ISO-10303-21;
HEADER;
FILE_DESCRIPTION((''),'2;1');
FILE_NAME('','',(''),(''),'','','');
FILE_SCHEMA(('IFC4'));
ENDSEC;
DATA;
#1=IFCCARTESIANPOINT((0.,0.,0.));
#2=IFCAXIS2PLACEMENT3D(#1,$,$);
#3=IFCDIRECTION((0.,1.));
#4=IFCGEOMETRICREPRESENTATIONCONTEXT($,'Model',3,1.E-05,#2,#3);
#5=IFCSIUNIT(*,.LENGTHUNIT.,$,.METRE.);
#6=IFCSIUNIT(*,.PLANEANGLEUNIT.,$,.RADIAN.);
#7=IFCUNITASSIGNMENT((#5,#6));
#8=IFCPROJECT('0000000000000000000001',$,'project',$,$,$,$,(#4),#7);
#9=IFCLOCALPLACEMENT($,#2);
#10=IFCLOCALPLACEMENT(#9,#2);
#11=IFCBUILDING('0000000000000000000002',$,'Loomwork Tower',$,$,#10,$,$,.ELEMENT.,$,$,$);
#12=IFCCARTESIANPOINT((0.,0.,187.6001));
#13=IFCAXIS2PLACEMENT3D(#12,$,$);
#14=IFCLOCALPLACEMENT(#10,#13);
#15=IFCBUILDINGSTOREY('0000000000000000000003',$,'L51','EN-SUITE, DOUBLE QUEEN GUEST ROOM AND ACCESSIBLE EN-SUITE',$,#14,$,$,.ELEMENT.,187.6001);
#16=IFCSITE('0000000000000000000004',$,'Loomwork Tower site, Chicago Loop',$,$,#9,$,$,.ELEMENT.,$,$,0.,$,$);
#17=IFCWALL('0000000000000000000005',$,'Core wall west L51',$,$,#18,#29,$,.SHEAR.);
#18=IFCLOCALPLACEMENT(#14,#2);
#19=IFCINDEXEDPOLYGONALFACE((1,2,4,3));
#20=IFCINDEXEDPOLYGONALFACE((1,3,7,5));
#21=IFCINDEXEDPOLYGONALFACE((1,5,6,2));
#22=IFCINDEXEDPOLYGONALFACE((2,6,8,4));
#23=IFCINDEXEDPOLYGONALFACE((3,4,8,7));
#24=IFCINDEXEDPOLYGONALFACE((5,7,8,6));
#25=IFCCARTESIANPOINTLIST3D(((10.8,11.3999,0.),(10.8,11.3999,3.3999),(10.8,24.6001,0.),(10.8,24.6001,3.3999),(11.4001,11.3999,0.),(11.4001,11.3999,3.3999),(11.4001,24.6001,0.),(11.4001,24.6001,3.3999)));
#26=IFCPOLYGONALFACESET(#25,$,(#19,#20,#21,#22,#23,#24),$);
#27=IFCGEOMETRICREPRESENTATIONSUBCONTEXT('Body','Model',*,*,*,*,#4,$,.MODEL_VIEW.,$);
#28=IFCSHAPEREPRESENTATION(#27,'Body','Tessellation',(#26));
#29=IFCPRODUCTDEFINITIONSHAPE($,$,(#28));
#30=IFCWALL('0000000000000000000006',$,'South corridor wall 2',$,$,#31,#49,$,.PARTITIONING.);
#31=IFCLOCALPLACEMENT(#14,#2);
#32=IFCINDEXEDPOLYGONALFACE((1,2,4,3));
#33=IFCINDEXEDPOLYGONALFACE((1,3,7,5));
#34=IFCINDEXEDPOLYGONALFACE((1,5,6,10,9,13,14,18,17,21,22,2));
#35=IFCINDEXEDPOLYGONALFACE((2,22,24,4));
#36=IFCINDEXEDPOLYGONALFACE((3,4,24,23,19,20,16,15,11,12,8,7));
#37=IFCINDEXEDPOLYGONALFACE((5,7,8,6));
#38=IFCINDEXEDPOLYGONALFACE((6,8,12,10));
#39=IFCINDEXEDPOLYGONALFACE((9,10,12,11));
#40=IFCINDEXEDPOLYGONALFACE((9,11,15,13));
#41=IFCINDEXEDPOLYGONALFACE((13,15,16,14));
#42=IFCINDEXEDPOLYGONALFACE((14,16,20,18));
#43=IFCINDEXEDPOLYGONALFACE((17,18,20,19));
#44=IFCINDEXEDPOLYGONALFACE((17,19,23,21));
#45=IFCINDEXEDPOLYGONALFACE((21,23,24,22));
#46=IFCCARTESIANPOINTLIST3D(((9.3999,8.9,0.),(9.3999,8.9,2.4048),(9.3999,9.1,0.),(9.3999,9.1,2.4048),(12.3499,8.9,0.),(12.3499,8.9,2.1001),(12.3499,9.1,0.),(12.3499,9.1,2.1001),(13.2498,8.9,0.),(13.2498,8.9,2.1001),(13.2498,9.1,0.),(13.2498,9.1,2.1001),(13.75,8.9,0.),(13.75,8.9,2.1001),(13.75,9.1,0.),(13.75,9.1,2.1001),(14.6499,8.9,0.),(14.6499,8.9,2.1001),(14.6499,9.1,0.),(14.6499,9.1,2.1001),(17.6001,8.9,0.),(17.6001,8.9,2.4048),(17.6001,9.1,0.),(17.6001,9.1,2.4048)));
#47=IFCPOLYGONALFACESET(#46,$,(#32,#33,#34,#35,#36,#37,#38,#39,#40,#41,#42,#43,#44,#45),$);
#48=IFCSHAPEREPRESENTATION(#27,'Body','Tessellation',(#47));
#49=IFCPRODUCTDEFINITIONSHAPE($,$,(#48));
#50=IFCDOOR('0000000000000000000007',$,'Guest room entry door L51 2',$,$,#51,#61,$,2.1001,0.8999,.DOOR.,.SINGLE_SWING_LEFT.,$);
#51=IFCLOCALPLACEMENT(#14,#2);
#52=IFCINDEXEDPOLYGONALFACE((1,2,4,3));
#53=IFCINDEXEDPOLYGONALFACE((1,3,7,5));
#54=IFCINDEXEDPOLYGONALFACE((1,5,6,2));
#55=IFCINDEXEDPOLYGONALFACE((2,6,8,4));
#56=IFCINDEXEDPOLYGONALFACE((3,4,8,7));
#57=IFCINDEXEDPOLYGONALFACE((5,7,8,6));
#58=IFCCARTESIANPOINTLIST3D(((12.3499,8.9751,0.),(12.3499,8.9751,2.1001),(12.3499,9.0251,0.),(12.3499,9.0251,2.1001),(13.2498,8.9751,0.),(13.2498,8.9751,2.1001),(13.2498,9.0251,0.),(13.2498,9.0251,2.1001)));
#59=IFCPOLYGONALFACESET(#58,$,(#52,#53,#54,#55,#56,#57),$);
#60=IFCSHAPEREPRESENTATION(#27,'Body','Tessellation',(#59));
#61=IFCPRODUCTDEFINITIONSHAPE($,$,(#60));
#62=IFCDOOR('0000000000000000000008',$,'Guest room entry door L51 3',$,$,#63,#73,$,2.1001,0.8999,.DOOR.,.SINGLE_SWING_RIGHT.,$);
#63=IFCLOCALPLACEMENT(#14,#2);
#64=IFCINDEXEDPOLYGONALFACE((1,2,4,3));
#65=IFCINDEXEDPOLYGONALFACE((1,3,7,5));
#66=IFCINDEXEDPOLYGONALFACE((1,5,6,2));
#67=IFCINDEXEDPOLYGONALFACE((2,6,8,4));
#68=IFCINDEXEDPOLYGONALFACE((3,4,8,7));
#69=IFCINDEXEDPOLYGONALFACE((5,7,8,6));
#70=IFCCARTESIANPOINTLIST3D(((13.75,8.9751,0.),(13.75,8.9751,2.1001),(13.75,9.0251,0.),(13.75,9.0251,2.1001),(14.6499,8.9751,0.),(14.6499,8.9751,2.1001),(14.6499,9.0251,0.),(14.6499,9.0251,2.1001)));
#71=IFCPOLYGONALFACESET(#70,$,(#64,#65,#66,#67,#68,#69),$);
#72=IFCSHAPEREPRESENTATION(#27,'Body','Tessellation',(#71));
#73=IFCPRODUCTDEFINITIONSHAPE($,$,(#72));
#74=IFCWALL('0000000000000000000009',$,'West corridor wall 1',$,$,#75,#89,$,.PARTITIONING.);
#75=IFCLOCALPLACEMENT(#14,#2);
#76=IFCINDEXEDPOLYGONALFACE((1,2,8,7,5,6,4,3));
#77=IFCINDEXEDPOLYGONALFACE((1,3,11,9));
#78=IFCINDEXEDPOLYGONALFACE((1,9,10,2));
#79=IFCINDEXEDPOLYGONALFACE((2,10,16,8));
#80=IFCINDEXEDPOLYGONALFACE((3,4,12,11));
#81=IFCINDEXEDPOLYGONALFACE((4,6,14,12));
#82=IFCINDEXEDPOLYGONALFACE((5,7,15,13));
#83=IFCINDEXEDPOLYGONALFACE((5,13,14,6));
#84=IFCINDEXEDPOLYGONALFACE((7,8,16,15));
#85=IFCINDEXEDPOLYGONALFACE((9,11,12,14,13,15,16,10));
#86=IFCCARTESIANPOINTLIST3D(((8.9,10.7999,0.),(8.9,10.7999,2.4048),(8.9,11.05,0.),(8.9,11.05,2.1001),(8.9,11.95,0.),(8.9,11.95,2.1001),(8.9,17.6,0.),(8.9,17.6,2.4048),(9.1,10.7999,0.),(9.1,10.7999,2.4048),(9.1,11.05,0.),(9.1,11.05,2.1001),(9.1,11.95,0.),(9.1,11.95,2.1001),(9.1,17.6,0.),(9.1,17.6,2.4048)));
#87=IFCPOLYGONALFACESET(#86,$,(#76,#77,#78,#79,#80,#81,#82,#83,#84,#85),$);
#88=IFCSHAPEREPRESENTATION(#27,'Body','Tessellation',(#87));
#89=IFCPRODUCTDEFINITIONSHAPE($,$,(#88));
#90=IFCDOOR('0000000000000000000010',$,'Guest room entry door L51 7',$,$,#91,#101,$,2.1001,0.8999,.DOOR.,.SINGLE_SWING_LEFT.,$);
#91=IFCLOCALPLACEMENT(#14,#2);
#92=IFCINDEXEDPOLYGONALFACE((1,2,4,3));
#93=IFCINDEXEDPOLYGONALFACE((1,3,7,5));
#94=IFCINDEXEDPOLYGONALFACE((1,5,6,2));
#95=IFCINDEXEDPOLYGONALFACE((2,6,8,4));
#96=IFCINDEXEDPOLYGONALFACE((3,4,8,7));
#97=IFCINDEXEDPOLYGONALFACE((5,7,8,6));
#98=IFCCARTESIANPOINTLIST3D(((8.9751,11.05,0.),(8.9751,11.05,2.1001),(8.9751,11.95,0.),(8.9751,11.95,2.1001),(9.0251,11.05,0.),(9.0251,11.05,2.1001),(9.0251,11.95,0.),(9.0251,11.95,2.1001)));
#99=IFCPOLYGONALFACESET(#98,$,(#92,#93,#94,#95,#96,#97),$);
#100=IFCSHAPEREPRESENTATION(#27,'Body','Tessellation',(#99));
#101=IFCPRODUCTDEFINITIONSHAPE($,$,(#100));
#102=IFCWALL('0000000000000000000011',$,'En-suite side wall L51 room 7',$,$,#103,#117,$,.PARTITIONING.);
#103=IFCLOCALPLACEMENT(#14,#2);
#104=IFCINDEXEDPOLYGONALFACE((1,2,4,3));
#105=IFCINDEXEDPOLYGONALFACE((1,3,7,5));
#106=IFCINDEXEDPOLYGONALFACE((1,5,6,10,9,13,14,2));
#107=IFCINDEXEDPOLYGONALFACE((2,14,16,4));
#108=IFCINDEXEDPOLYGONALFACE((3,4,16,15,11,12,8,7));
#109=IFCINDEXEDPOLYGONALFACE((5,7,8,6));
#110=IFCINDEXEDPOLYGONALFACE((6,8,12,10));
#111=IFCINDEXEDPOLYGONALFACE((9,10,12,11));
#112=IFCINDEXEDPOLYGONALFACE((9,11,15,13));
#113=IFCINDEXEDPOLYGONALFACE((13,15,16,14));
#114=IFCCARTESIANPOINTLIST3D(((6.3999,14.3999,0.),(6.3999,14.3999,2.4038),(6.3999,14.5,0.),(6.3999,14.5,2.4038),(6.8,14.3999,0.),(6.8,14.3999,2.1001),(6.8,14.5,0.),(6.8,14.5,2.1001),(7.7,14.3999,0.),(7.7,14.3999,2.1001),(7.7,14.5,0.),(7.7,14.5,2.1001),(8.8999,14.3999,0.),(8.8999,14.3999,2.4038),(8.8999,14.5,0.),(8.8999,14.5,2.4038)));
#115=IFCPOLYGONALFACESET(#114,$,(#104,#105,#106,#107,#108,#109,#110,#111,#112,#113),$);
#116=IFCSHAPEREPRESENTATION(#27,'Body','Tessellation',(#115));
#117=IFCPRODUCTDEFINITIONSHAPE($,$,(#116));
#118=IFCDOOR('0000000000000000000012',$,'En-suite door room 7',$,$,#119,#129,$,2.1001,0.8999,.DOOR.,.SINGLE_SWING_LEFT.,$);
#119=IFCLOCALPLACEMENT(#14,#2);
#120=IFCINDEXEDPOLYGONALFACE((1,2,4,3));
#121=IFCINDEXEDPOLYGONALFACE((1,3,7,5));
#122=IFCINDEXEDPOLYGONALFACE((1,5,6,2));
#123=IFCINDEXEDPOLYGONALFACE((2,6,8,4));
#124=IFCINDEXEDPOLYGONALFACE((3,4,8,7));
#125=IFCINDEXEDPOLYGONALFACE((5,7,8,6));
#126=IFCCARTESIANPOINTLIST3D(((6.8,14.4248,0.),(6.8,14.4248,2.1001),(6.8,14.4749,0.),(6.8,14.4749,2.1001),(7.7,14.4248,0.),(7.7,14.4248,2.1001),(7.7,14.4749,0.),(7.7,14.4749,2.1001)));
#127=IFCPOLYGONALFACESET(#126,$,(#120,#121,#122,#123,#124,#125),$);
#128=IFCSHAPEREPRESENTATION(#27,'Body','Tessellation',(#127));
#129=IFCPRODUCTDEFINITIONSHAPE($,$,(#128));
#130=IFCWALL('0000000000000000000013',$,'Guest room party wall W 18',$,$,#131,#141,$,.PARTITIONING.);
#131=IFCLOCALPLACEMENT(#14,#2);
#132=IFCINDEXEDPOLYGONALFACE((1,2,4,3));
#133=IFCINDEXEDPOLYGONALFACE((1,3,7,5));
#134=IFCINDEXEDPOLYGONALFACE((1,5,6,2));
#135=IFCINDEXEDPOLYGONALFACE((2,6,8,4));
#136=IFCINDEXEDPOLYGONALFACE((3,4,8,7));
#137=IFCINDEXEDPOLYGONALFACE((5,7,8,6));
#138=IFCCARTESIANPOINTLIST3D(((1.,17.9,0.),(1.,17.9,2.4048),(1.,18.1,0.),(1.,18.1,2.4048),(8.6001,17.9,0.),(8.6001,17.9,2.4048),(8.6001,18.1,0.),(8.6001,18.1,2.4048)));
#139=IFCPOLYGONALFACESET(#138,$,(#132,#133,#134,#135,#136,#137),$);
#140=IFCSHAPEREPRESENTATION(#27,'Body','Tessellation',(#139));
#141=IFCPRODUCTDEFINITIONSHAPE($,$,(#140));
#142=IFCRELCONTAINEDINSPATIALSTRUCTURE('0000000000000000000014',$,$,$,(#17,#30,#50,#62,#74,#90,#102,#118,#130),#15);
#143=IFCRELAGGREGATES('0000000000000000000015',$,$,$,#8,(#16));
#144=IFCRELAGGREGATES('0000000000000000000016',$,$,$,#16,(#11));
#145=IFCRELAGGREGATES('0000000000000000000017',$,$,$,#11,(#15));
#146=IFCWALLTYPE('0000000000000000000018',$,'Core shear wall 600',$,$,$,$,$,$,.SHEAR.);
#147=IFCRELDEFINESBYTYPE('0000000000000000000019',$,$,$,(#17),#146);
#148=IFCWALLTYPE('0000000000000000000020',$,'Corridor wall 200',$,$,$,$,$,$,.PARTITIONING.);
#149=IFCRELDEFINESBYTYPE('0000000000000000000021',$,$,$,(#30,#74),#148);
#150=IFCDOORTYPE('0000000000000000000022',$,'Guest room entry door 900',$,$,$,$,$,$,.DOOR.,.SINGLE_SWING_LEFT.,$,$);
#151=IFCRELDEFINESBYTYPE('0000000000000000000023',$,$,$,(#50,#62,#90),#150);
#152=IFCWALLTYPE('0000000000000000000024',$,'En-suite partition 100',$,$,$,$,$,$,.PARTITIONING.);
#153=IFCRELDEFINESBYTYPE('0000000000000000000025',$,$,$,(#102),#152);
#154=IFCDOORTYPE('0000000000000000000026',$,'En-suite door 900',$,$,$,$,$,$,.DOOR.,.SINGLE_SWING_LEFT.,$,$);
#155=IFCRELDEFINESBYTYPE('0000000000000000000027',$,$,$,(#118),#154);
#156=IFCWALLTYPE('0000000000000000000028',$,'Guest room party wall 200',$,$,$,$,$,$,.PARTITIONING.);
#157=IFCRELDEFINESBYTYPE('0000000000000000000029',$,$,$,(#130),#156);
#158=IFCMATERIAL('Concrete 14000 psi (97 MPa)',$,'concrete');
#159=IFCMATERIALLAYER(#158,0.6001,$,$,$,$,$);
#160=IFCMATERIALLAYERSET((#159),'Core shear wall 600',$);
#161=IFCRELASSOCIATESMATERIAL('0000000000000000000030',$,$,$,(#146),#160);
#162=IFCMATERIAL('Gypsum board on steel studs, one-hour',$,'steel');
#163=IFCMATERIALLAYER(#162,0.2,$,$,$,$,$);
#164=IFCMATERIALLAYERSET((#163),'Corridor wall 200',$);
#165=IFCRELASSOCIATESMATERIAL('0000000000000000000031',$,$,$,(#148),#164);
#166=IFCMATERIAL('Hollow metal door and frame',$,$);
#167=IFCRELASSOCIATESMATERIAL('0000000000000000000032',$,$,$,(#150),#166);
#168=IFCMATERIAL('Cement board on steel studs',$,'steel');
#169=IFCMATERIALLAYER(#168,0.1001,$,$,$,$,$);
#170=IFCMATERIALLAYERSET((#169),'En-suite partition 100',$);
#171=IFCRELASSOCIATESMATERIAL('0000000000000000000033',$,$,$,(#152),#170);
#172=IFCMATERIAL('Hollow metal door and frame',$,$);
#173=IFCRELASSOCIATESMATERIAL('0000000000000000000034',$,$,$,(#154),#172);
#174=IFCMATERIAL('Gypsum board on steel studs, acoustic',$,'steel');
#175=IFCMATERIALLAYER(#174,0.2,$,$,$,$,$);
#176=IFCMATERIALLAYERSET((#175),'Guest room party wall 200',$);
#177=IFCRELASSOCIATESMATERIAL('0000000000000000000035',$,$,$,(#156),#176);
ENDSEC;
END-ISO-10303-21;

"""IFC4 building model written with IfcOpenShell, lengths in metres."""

from ifc_helpers import new_model, si_unit, direction, frame, frame_2d, origin, place, context, subcontext, project, spatial, rectangle, extrude, material, layer, layer_set, type_object, element, fill, save


model = new_model("IFC4")

# Units and contexts
model_context = context("Model", 3, precision=1e-05, world=origin(), true_north=direction((0.0, 1.0)))
body_context = subcontext(model_context, "Body", "Model", "MODEL_VIEW")
ifc_project = project(units=[si_unit("LENGTHUNIT", "METRE"), si_unit("PLANEANGLEUNIT", "RADIAN")], contexts=[model_context])

# Site, building, storey
site_placement = place(None, origin())
site = spatial("IfcSite", under=ifc_project, at=site_placement, Name="Loomwork Tower site, Chicago Loop", CompositionType="ELEMENT", RefElevation=0.0)
building_placement = place(site_placement, origin())
building = spatial("IfcBuilding", under=site, at=building_placement, Name="Loomwork Tower", CompositionType="ELEMENT")
storey_placement = place(building_placement, frame((0.0, 0.0, 187.6001)))
storey = spatial("IfcBuildingStorey", under=building, at=storey_placement, Name="L51", Description="EN-SUITE, DOUBLE QUEEN GUEST ROOM AND ACCESSIBLE EN-SUITE", CompositionType="ELEMENT", Elevation=187.6001)

# Shared definitions
ifc_material_1 = material(Name="Concrete 14000 psi (97 MPa)", Category="concrete")
ifc_layer_1 = layer(ifc_material_1, 0.6001)
ifc_layer_set_1 = layer_set([ifc_layer_1], Name="Core shear wall 600")
wall_type_1 = type_object("IfcWallType", Name="Core shear wall 600", PredefinedType="SHEAR", material=ifc_layer_set_1)

# Wall
wall_1_placement = place(storey_placement, frame((11.1001, 11.3999, 0.0), z_axis=(0.0, 0.0, 1.0), x_axis=(0.0, 1.0, 0.0)))
element("IfcWall", 1, at=wall_1_placement, inside=storey, type_object=wall_type_1, Name="Core wall west L51", PredefinedType="SHEAR", context=body_context, shape_type="SweptSolid", body=[
    extrude(rectangle(XDim=13.2002, YDim=0.6001, at=frame_2d((6.6001, 0.0))), origin(), (0.0, 0.0, 1.0), 3.3999),
])

# Wall, openings, doors
ifc_material_2 = material(Name="Gypsum board on steel studs, one-hour", Category="steel")
ifc_layer_2 = layer(ifc_material_2, 0.2)
ifc_layer_set_2 = layer_set([ifc_layer_2], Name="Corridor wall 200")
wall_type_2 = type_object("IfcWallType", Name="Corridor wall 200", PredefinedType="PARTITIONING", material=ifc_layer_set_2)
wall_2_placement = place(storey_placement, frame((9.3999, 9.0, 0.0), z_axis=(0.0, 0.0, 1.0), x_axis=(1.0, 0.0, 0.0)))
wall_2 = element("IfcWall", 2, at=wall_2_placement, inside=storey, type_object=wall_type_2, Name="South corridor wall 2", PredefinedType="PARTITIONING", context=body_context, shape_type="SweptSolid", body=[
    extrude(rectangle(XDim=8.2002, YDim=0.2, at=frame_2d((4.1001, 0.0))), origin(), (0.0, 0.0, 1.0), 2.4048),
])
opening_1_placement = place(wall_2_placement, frame((2.95, 0.0, 0.0)))
opening_1 = element("IfcOpeningElement", 3, at=opening_1_placement, cuts=wall_2, PredefinedType="OPENING", context=body_context, shape_type="SweptSolid", body=[
    extrude(rectangle(XDim=0.8999, YDim=2.1001, at=frame_2d((0.45, 1.05))), frame((0.0, 0.1099, 0.0), z_axis=(0.0, -1.0, 0.0), x_axis=(1.0, 0.0, 0.0)), (0.0, 0.0, 1.0), 0.22),
])
opening_2_placement = place(wall_2_placement, frame((4.3501, 0.0, 0.0)))
opening_2 = element("IfcOpeningElement", 4, at=opening_2_placement, cuts=wall_2, PredefinedType="OPENING", context=body_context, shape_type="SweptSolid", body=[
    extrude(rectangle(XDim=0.8999, YDim=2.1001, at=frame_2d((0.45, 1.05))), frame((0.0, 0.1099, 0.0), z_axis=(0.0, -1.0, 0.0), x_axis=(1.0, 0.0, 0.0)), (0.0, 0.0, 1.0), 0.22),
])
ifc_material_3 = material(Name="Hollow metal door and frame")
door_type_1 = type_object("IfcDoorType", Name="Guest room entry door 900", OperationType="SINGLE_SWING_LEFT", PredefinedType="DOOR", material=ifc_material_3)
door_1_placement = place(opening_1_placement, frame((0.8999, 0.0, 0.0), z_axis=(0.0, 0.0, 1.0), x_axis=(-1.0, 0.0, 0.0)))
door_1 = element("IfcDoor", 5, at=door_1_placement, inside=storey, type_object=door_type_1, Name="Guest room entry door L51 2", OperationType="SINGLE_SWING_LEFT", OverallHeight=2.1001, OverallWidth=0.8999, PredefinedType="DOOR", context=body_context, shape_type="SweptSolid", body=[
    extrude(rectangle(XDim=0.8999, YDim=2.1001, at=frame_2d((0.45, 1.05))), frame((0.0, 0.0249, 0.0), z_axis=(0.0, -1.0, 0.0), x_axis=(1.0, 0.0, 0.0)), (0.0, 0.0, 1.0), 0.05),
])
fill(opening_1, door_1)
door_2_placement = place(opening_2_placement, frame((0.8999, 0.0, 0.0), z_axis=(0.0, 0.0, 1.0), x_axis=(-1.0, 0.0, 0.0)))
door_2 = element("IfcDoor", 6, at=door_2_placement, inside=storey, type_object=door_type_1, Name="Guest room entry door L51 3", OperationType="SINGLE_SWING_RIGHT", OverallHeight=2.1001, OverallWidth=0.8999, PredefinedType="DOOR", context=body_context, shape_type="SweptSolid", body=[
    extrude(rectangle(XDim=0.8999, YDim=2.1001, at=frame_2d((0.45, 1.05))), frame((0.0, 0.0249, 0.0), z_axis=(0.0, -1.0, 0.0), x_axis=(1.0, 0.0, 0.0)), (0.0, 0.0, 1.0), 0.05),
])
fill(opening_2, door_2)

# Walls, openings, doors
wall_3_placement = place(storey_placement, frame((9.0, 10.8, 0.0), z_axis=(0.0, 0.0, 1.0), x_axis=(0.0, 1.0, 0.0)))
wall_3 = element("IfcWall", 7, at=wall_3_placement, inside=storey, type_object=wall_type_2, Name="West corridor wall 1", PredefinedType="PARTITIONING", context=body_context, shape_type="SweptSolid", body=[
    extrude(rectangle(XDim=6.8, YDim=0.2, at=frame_2d((3.3999, 0.0))), origin(), (0.0, 0.0, 1.0), 2.4048),
])
opening_3_placement = place(wall_3_placement, frame((0.25, 0.0, 0.0)))
opening_3 = element("IfcOpeningElement", 8, at=opening_3_placement, cuts=wall_3, PredefinedType="OPENING", context=body_context, shape_type="SweptSolid", body=[
    extrude(rectangle(XDim=0.8999, YDim=2.1001, at=frame_2d((0.45, 1.05))), frame((0.0, 0.1099, 0.0), z_axis=(0.0, -1.0, 0.0), x_axis=(1.0, 0.0, 0.0)), (0.0, 0.0, 1.0), 0.22),
])
door_3_placement = place(opening_3_placement, origin())
door_3 = element("IfcDoor", 9, at=door_3_placement, inside=storey, type_object=door_type_1, Name="Guest room entry door L51 7", OperationType="SINGLE_SWING_LEFT", OverallHeight=2.1001, OverallWidth=0.8999, PredefinedType="DOOR", context=body_context, shape_type="SweptSolid", body=[
    extrude(rectangle(XDim=0.8999, YDim=2.1001, at=frame_2d((0.45, 1.05))), frame((0.0, 0.0249, 0.0), z_axis=(0.0, -1.0, 0.0), x_axis=(1.0, 0.0, 0.0)), (0.0, 0.0, 1.0), 0.05),
])
fill(opening_3, door_3)
ifc_material_4 = material(Name="Cement board on steel studs", Category="steel")
ifc_layer_3 = layer(ifc_material_4, 0.1001)
ifc_layer_set_3 = layer_set([ifc_layer_3], Name="En-suite partition 100")
wall_type_3 = type_object("IfcWallType", Name="En-suite partition 100", PredefinedType="PARTITIONING", material=ifc_layer_set_3)
wall_4_placement = place(storey_placement, frame((8.8999, 14.45, 0.0), z_axis=(0.0, 0.0, 1.0), x_axis=(-1.0, 0.0, 0.0)))
wall_4 = element("IfcWall", 10, at=wall_4_placement, inside=storey, type_object=wall_type_3, Name="En-suite side wall L51 room 7", PredefinedType="PARTITIONING", context=body_context, shape_type="SweptSolid", body=[
    extrude(rectangle(XDim=2.5, YDim=0.1001, at=frame_2d((1.25, 0.0))), origin(), (0.0, 0.0, 1.0), 2.4038),
])
opening_4_placement = place(wall_4_placement, frame((1.2, 0.0, 0.0)))
opening_4 = element("IfcOpeningElement", 11, at=opening_4_placement, cuts=wall_4, PredefinedType="OPENING", context=body_context, shape_type="SweptSolid", body=[
    extrude(rectangle(XDim=0.8999, YDim=2.1001, at=frame_2d((0.45, 1.05))), frame((0.0, 0.0601, 0.0), z_axis=(0.0, -1.0, 0.0), x_axis=(1.0, 0.0, 0.0)), (0.0, 0.0, 1.0), 0.1201),
])
ifc_material_5 = material(Name="Hollow metal door and frame")
door_type_2 = type_object("IfcDoorType", Name="En-suite door 900", OperationType="SINGLE_SWING_LEFT", PredefinedType="DOOR", material=ifc_material_5)
door_4_placement = place(opening_4_placement, frame((0.8999, 0.0, 0.0), z_axis=(0.0, 0.0, 1.0), x_axis=(-1.0, 0.0, 0.0)))
door_4 = element("IfcDoor", 12, at=door_4_placement, inside=storey, type_object=door_type_2, Name="En-suite door room 7", OperationType="SINGLE_SWING_LEFT", OverallHeight=2.1001, OverallWidth=0.8999, PredefinedType="DOOR", context=body_context, shape_type="SweptSolid", body=[
    extrude(rectangle(XDim=0.8999, YDim=2.1001, at=frame_2d((0.45, 1.05))), frame((0.0, 0.0249, 0.0), z_axis=(0.0, -1.0, 0.0), x_axis=(1.0, 0.0, 0.0)), (0.0, 0.0, 1.0), 0.05),
])
fill(opening_4, door_4)

# Wall
ifc_material_6 = material(Name="Gypsum board on steel studs, acoustic", Category="steel")
ifc_layer_4 = layer(ifc_material_6, 0.2)
ifc_layer_set_4 = layer_set([ifc_layer_4], Name="Guest room party wall 200")
wall_type_4 = type_object("IfcWallType", Name="Guest room party wall 200", PredefinedType="PARTITIONING", material=ifc_layer_set_4)
wall_5_placement = place(storey_placement, frame((8.6001, 18.0, 0.0), z_axis=(0.0, 0.0, 1.0), x_axis=(-1.0, 0.0, 0.0)))
element("IfcWall", 13, at=wall_5_placement, inside=storey, type_object=wall_type_4, Name="Guest room party wall W 18", PredefinedType="PARTITIONING", context=body_context, shape_type="SweptSolid", body=[
    extrude(rectangle(XDim=7.6001, YDim=0.2, at=frame_2d((3.8, 0.0))), origin(), (0.0, 0.0, 1.0), 2.4048),
])

save(model, "model.ifc")
